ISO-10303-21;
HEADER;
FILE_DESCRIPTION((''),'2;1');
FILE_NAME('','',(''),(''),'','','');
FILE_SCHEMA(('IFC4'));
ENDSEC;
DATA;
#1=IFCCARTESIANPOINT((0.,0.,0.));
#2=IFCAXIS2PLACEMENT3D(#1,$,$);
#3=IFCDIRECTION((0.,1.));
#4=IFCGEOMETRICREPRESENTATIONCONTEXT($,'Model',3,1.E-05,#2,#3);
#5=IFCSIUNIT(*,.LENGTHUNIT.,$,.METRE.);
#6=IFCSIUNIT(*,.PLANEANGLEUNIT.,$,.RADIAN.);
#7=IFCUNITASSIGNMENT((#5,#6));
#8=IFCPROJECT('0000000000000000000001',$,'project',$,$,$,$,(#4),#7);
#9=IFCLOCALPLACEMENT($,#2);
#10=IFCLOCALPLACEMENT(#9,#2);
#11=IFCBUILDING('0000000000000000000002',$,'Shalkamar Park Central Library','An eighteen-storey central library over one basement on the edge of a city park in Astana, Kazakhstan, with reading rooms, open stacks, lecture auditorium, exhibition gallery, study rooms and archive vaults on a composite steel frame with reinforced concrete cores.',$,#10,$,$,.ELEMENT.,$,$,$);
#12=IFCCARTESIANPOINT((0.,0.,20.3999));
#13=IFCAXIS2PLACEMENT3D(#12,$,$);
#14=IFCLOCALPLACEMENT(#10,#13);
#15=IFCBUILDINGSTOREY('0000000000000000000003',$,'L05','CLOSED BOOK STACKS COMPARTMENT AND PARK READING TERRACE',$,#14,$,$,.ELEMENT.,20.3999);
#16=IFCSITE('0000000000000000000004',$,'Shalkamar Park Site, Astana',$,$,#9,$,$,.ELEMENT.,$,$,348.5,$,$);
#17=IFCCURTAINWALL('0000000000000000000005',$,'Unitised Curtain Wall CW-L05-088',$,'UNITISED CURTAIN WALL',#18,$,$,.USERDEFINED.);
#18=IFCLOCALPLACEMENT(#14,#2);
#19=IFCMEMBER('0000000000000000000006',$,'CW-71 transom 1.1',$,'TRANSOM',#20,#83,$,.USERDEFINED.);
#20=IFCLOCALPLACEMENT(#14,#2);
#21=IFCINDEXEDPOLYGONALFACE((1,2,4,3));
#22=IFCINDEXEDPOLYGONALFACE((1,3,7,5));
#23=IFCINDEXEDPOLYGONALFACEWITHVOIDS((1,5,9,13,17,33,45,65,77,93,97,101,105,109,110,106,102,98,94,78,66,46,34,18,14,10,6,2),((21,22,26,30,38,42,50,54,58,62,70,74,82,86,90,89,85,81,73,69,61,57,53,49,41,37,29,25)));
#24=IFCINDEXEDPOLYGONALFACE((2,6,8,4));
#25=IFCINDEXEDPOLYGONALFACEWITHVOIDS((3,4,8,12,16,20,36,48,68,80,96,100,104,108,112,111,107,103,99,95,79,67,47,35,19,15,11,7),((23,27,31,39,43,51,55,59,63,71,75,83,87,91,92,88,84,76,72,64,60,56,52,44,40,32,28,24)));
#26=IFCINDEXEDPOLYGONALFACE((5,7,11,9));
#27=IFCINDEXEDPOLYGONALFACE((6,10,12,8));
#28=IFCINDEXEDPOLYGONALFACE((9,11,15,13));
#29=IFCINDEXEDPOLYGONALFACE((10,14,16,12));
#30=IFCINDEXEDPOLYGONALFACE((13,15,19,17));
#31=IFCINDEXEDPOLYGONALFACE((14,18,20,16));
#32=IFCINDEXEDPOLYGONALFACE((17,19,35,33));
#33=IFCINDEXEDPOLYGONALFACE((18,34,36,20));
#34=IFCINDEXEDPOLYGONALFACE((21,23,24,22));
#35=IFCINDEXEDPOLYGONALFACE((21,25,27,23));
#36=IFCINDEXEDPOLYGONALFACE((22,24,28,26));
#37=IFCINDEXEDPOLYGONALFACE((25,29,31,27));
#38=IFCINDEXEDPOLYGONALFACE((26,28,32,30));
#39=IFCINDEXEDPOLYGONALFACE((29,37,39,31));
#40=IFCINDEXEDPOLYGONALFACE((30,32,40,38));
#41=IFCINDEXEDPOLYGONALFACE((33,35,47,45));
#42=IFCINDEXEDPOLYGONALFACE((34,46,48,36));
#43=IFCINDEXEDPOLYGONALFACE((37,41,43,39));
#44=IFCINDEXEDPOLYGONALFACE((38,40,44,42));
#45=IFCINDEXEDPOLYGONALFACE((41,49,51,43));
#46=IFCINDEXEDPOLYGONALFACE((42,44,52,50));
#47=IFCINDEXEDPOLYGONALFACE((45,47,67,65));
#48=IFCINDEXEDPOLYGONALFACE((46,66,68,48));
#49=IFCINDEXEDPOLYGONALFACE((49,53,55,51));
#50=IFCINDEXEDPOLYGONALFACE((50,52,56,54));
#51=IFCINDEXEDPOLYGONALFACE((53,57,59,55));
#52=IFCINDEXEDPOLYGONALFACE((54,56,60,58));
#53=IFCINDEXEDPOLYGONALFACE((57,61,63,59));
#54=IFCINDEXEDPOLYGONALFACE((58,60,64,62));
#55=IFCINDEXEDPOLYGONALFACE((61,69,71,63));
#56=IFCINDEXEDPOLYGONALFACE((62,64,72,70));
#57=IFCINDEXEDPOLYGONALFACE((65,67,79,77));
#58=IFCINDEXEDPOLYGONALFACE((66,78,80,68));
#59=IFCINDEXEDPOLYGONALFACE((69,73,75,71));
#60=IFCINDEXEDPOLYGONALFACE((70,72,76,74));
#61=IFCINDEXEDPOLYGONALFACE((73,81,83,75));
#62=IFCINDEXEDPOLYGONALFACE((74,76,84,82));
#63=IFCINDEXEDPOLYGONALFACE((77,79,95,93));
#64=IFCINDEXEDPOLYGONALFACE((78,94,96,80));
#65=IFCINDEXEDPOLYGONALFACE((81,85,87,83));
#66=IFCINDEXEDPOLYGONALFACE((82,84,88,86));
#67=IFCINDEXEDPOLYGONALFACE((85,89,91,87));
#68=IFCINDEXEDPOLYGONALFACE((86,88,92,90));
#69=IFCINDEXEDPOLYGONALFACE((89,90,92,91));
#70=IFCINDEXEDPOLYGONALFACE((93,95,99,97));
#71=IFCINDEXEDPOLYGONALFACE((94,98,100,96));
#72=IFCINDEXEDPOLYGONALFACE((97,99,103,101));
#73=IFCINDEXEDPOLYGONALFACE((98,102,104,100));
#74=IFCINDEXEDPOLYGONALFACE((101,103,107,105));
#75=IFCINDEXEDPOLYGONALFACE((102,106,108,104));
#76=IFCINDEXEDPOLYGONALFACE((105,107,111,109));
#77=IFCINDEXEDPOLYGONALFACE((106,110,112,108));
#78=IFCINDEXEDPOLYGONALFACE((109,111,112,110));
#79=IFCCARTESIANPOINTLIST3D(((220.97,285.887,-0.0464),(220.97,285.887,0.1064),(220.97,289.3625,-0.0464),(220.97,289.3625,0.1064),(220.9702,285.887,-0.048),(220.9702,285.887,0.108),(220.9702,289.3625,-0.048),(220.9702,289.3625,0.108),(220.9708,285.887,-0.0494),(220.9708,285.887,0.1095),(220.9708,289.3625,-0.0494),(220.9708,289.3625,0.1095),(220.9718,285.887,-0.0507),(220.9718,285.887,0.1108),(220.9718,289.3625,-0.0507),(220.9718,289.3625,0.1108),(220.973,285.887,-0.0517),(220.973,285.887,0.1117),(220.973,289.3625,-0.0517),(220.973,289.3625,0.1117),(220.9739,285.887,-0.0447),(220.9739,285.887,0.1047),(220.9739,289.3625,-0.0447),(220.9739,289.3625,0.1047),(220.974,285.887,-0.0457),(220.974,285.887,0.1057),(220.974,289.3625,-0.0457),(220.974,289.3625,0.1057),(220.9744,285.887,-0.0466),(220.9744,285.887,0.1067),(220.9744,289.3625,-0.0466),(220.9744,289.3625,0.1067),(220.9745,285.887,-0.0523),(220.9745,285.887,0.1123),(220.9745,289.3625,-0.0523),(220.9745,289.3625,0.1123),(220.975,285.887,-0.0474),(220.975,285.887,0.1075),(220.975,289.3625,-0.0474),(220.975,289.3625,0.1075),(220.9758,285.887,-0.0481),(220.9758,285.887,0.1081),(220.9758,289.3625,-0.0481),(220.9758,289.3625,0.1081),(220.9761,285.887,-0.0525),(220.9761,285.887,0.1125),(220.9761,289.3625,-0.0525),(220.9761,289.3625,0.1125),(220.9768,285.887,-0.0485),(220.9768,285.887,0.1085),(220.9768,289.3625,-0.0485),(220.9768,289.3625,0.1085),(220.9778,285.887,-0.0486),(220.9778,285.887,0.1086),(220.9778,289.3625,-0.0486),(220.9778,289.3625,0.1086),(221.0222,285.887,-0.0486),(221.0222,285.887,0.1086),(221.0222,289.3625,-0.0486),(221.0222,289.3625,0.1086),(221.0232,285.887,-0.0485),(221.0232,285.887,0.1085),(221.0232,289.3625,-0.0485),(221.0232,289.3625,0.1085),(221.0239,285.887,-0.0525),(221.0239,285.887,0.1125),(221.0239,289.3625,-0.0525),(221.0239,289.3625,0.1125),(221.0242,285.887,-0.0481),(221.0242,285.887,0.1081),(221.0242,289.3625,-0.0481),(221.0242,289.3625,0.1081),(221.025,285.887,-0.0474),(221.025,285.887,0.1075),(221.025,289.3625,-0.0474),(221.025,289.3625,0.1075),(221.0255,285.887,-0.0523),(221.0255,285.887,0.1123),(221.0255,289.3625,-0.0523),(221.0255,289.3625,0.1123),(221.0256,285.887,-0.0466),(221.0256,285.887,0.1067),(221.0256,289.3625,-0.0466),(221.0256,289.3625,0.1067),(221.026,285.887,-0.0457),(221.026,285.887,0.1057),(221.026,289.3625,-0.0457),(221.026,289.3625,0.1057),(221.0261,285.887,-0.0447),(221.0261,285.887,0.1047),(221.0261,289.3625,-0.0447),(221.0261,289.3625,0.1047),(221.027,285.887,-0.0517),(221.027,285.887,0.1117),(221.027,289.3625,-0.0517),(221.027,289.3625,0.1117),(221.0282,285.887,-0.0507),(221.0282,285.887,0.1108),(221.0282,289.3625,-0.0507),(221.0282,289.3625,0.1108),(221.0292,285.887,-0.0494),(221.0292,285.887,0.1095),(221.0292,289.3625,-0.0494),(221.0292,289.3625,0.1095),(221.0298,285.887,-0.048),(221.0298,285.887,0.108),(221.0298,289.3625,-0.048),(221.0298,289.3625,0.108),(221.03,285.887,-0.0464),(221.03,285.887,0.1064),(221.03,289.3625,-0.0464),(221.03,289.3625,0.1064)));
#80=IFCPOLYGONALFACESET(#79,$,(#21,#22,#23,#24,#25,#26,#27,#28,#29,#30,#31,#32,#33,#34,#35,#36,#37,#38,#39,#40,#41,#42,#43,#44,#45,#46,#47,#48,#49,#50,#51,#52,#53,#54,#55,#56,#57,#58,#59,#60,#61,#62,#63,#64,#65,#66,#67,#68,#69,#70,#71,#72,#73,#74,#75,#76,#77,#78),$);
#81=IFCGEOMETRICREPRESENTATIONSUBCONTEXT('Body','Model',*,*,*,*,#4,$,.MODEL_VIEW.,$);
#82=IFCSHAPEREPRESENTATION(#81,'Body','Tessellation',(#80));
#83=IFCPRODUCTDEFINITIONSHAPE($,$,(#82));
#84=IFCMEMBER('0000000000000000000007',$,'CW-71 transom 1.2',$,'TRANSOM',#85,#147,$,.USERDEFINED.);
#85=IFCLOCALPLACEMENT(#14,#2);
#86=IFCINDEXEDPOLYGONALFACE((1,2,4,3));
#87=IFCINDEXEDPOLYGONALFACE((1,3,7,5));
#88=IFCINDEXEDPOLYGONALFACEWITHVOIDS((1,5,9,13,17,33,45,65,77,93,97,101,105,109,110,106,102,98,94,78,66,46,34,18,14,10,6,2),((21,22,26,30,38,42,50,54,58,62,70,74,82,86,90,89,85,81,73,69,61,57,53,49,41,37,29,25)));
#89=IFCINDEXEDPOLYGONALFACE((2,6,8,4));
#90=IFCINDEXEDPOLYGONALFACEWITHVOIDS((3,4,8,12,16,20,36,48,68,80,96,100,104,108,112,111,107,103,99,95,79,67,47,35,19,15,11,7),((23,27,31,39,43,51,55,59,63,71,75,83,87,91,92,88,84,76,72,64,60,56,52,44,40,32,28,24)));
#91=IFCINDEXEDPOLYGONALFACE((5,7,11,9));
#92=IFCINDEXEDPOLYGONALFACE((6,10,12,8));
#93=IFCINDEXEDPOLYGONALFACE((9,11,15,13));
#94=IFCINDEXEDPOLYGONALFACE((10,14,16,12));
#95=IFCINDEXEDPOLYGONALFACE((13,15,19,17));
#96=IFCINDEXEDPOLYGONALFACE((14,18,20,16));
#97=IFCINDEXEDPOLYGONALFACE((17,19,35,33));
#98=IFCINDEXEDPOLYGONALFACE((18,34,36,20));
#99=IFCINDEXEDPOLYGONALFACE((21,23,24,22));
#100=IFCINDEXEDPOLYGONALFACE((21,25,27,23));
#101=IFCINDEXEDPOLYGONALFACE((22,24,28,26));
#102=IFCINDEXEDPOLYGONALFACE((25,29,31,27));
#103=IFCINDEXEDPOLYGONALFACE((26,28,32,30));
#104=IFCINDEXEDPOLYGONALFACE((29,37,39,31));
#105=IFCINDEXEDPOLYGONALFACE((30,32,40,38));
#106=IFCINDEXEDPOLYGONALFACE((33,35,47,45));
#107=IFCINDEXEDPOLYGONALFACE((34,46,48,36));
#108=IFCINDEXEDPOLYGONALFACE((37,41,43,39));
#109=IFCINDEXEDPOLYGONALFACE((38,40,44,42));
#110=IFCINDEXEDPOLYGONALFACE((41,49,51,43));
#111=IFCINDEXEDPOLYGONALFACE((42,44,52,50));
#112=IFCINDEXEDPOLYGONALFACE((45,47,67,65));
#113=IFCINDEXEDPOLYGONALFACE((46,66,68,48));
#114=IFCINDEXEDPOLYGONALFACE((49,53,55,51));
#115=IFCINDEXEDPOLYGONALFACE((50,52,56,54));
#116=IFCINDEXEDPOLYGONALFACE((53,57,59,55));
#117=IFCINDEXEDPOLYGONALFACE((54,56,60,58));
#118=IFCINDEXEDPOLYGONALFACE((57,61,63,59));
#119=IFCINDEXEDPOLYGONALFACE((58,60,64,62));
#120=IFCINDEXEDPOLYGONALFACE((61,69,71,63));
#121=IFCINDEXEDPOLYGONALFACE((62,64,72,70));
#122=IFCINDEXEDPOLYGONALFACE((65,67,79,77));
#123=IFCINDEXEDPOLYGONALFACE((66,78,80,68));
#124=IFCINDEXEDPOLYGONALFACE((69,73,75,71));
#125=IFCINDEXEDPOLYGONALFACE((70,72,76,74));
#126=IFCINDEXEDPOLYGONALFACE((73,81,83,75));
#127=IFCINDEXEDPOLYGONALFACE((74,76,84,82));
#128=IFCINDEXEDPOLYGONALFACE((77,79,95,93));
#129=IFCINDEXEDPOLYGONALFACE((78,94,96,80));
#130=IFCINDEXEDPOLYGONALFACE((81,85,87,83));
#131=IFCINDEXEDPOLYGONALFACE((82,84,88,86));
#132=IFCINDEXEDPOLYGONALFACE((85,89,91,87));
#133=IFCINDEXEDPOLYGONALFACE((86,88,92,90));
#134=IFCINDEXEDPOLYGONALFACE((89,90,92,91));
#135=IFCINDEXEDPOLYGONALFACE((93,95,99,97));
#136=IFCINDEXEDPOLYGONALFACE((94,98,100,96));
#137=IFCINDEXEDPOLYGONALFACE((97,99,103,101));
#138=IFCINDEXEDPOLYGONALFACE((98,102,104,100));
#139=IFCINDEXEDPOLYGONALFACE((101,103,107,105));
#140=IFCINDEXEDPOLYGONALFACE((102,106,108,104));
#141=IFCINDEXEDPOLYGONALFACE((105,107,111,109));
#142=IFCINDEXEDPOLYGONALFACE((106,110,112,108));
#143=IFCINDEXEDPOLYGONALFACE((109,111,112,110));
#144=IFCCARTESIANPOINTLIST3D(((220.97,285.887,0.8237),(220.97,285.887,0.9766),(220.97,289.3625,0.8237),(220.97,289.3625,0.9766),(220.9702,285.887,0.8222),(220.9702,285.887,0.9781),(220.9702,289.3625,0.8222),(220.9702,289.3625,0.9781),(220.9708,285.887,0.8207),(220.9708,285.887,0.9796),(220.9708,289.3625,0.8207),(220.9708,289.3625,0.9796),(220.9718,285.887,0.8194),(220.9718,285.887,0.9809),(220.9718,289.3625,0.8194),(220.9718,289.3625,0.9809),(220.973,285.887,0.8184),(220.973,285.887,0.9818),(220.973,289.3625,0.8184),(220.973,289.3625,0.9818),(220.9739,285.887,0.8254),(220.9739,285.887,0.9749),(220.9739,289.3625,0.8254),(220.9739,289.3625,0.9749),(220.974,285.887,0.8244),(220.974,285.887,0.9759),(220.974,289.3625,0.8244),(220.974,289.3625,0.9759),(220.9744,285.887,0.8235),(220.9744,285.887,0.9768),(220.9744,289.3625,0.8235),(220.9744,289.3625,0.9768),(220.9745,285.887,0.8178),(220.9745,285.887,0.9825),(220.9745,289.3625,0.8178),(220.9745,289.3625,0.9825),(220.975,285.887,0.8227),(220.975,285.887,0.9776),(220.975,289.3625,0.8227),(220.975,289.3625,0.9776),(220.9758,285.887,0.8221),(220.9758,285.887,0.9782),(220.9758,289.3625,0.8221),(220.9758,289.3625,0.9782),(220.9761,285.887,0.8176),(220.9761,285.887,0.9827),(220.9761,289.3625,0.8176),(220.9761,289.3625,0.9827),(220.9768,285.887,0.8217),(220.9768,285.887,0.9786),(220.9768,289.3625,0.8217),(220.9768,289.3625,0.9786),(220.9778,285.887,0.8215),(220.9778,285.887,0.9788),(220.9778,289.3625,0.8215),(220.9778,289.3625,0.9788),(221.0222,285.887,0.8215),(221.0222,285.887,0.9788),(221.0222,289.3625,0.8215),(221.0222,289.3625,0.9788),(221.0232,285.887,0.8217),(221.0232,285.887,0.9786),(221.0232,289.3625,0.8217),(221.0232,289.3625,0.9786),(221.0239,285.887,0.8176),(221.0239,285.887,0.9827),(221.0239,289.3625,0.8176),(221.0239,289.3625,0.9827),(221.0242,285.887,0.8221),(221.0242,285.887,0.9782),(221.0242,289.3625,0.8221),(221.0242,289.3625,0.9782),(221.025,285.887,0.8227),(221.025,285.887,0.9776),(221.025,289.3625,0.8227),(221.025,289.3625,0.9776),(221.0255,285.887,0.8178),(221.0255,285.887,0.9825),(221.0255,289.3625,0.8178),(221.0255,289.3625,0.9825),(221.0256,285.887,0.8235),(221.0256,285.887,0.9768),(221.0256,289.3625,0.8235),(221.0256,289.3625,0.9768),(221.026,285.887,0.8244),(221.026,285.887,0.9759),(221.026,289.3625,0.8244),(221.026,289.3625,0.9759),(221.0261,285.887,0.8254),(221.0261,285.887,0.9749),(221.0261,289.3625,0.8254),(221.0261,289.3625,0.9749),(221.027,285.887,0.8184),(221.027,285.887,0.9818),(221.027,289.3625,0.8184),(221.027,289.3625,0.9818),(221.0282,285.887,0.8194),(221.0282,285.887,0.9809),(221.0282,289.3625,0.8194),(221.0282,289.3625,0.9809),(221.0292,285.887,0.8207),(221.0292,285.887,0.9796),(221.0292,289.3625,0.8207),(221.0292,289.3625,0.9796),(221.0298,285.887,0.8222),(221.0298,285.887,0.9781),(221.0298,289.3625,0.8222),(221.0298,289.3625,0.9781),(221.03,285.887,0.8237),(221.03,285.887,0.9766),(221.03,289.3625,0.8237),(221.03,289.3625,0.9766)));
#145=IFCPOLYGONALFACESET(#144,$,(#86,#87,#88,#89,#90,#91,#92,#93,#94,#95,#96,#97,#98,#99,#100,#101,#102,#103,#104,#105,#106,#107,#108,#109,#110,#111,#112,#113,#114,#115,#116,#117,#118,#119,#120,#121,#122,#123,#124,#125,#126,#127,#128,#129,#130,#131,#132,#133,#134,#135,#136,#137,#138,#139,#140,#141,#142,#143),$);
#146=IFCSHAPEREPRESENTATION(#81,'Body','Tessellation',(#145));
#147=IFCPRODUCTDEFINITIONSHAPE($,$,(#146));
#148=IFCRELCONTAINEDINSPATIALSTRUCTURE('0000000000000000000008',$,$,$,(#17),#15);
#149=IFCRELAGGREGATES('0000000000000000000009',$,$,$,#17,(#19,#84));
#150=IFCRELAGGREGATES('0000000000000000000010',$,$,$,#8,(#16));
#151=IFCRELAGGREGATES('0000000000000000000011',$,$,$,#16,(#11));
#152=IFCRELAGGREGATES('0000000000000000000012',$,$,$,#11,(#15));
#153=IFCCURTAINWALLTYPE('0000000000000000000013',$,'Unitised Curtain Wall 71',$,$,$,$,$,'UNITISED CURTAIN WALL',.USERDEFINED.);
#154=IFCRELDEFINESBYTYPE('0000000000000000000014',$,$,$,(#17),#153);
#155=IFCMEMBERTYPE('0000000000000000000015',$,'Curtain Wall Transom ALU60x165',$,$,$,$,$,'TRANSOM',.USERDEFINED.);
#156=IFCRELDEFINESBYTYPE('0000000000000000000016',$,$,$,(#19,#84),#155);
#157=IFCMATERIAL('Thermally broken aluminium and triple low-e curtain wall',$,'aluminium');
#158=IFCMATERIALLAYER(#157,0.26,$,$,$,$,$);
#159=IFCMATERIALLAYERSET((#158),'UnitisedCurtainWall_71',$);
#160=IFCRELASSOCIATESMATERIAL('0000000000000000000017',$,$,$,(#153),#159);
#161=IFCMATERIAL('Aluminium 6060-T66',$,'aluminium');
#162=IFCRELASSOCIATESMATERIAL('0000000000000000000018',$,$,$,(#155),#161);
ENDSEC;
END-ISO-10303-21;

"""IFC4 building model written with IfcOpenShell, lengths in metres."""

from ifc_helpers import new_model, si_unit, direction, frame, origin, origin_2d, place, context, subcontext, project, spatial, hollow_rectangle, extrude, material, layer, layer_set, material_profile, profile_set, type_object, element, aggregate, save


model = new_model("IFC4")

# Units and contexts
model_context = context("Model", 3, precision=1e-05, world=origin(), true_north=direction((0.0, 1.0)))
body_context = subcontext(model_context, "Body", "Model", "MODEL_VIEW")
ifc_project = project(units=[si_unit("LENGTHUNIT", "METRE"), si_unit("PLANEANGLEUNIT", "RADIAN")], contexts=[model_context])

# Site, building, storey
site_placement = place(None, origin())
site = spatial("IfcSite", under=ifc_project, at=site_placement, Name="Shalkamar Park Site, Astana", CompositionType="ELEMENT", RefElevation=348.5)
building_placement = place(site_placement, origin())
building = spatial("IfcBuilding", under=site, at=building_placement, Name="Shalkamar Park Central Library", Description="An eighteen-storey central library over one basement on the edge of a city park in Astana, Kazakhstan, with reading rooms, open stacks, lecture auditorium, exhibition gallery, study rooms and archive vaults on a composite steel frame with reinforced concrete cores.", CompositionType="ELEMENT")
storey_placement = place(building_placement, frame((0.0, 0.0, 20.3999)))
storey = spatial("IfcBuildingStorey", under=building, at=storey_placement, Name="L05", Description="CLOSED BOOK STACKS COMPARTMENT AND PARK READING TERRACE", CompositionType="ELEMENT", Elevation=20.3999)

# Curtain wall, members
ifc_material_1 = material(Name="Thermally broken aluminium and triple low-e curtain wall", Category="aluminium")
ifc_layer_1 = layer(ifc_material_1, 0.26)
ifc_layer_set_1 = layer_set([ifc_layer_1], Name="UnitisedCurtainWall_71")
curtain_wall_type = type_object("IfcCurtainWallType", Name="Unitised Curtain Wall 71", ElementType="UNITISED CURTAIN WALL", PredefinedType="USERDEFINED", material=ifc_layer_set_1)
curtain_wall_placement = place(storey_placement, origin())
curtain_wall = element("IfcCurtainWall", 1, at=curtain_wall_placement, inside=storey, type_object=curtain_wall_type, Name="Unitised Curtain Wall CW-L05-088", ObjectType="UNITISED CURTAIN WALL", PredefinedType="USERDEFINED")
ifc_material_2 = material(Name="Aluminium 6060-T66", Category="aluminium")
ifc_material_profile_1 = material_profile(ifc_material_2, hollow_rectangle(XDim=0.0601, YDim=0.165, WallThickness=0.0039, InnerFilletRadius=0.0039, OuterFilletRadius=0.0061, at=origin_2d()), Name="ALU 60x165x4")
ifc_profile_set_1 = profile_set([ifc_material_profile_1], Name="Aluminium 6060-T66")
member_type_1 = type_object("IfcMemberType", Name="Curtain Wall Transom ALU60x165", ElementType="TRANSOM", PredefinedType="USERDEFINED", material=ifc_profile_set_1)
member_1_placement = place(storey_placement, frame((221.0, 285.887, 0.03), z_axis=(0.0, 1.0, 0.0), x_axis=(-1.0, 0.0, 0.0)))
member_1 = element("IfcMember", 2, at=member_1_placement, type_object=member_type_1, Name="CW-71 transom 1.1", ObjectType="TRANSOM", PredefinedType="USERDEFINED", context=body_context, shape_type="SweptSolid", body=[
    extrude(hollow_rectangle(XDim=0.0601, YDim=0.165, WallThickness=0.0039, InnerFilletRadius=0.0039, OuterFilletRadius=0.0061, at=origin_2d()), origin(), (0.0, 0.0, 1.0), 3.4756),
])
member_2_placement = place(storey_placement, frame((221.0, 285.887, 0.9001), z_axis=(0.0, 1.0, 0.0), x_axis=(-1.0, 0.0, 0.0)))
member_2 = element("IfcMember", 3, at=member_2_placement, type_object=member_type_1, Name="CW-71 transom 1.2", ObjectType="TRANSOM", PredefinedType="USERDEFINED", context=body_context, shape_type="SweptSolid", body=[
    extrude(hollow_rectangle(XDim=0.0601, YDim=0.165, WallThickness=0.0039, InnerFilletRadius=0.0039, OuterFilletRadius=0.0061, at=origin_2d()), origin(), (0.0, 0.0, 1.0), 3.4756),
])

aggregate(curtain_wall, [member_1, member_2])

save(model, "model.ifc")
